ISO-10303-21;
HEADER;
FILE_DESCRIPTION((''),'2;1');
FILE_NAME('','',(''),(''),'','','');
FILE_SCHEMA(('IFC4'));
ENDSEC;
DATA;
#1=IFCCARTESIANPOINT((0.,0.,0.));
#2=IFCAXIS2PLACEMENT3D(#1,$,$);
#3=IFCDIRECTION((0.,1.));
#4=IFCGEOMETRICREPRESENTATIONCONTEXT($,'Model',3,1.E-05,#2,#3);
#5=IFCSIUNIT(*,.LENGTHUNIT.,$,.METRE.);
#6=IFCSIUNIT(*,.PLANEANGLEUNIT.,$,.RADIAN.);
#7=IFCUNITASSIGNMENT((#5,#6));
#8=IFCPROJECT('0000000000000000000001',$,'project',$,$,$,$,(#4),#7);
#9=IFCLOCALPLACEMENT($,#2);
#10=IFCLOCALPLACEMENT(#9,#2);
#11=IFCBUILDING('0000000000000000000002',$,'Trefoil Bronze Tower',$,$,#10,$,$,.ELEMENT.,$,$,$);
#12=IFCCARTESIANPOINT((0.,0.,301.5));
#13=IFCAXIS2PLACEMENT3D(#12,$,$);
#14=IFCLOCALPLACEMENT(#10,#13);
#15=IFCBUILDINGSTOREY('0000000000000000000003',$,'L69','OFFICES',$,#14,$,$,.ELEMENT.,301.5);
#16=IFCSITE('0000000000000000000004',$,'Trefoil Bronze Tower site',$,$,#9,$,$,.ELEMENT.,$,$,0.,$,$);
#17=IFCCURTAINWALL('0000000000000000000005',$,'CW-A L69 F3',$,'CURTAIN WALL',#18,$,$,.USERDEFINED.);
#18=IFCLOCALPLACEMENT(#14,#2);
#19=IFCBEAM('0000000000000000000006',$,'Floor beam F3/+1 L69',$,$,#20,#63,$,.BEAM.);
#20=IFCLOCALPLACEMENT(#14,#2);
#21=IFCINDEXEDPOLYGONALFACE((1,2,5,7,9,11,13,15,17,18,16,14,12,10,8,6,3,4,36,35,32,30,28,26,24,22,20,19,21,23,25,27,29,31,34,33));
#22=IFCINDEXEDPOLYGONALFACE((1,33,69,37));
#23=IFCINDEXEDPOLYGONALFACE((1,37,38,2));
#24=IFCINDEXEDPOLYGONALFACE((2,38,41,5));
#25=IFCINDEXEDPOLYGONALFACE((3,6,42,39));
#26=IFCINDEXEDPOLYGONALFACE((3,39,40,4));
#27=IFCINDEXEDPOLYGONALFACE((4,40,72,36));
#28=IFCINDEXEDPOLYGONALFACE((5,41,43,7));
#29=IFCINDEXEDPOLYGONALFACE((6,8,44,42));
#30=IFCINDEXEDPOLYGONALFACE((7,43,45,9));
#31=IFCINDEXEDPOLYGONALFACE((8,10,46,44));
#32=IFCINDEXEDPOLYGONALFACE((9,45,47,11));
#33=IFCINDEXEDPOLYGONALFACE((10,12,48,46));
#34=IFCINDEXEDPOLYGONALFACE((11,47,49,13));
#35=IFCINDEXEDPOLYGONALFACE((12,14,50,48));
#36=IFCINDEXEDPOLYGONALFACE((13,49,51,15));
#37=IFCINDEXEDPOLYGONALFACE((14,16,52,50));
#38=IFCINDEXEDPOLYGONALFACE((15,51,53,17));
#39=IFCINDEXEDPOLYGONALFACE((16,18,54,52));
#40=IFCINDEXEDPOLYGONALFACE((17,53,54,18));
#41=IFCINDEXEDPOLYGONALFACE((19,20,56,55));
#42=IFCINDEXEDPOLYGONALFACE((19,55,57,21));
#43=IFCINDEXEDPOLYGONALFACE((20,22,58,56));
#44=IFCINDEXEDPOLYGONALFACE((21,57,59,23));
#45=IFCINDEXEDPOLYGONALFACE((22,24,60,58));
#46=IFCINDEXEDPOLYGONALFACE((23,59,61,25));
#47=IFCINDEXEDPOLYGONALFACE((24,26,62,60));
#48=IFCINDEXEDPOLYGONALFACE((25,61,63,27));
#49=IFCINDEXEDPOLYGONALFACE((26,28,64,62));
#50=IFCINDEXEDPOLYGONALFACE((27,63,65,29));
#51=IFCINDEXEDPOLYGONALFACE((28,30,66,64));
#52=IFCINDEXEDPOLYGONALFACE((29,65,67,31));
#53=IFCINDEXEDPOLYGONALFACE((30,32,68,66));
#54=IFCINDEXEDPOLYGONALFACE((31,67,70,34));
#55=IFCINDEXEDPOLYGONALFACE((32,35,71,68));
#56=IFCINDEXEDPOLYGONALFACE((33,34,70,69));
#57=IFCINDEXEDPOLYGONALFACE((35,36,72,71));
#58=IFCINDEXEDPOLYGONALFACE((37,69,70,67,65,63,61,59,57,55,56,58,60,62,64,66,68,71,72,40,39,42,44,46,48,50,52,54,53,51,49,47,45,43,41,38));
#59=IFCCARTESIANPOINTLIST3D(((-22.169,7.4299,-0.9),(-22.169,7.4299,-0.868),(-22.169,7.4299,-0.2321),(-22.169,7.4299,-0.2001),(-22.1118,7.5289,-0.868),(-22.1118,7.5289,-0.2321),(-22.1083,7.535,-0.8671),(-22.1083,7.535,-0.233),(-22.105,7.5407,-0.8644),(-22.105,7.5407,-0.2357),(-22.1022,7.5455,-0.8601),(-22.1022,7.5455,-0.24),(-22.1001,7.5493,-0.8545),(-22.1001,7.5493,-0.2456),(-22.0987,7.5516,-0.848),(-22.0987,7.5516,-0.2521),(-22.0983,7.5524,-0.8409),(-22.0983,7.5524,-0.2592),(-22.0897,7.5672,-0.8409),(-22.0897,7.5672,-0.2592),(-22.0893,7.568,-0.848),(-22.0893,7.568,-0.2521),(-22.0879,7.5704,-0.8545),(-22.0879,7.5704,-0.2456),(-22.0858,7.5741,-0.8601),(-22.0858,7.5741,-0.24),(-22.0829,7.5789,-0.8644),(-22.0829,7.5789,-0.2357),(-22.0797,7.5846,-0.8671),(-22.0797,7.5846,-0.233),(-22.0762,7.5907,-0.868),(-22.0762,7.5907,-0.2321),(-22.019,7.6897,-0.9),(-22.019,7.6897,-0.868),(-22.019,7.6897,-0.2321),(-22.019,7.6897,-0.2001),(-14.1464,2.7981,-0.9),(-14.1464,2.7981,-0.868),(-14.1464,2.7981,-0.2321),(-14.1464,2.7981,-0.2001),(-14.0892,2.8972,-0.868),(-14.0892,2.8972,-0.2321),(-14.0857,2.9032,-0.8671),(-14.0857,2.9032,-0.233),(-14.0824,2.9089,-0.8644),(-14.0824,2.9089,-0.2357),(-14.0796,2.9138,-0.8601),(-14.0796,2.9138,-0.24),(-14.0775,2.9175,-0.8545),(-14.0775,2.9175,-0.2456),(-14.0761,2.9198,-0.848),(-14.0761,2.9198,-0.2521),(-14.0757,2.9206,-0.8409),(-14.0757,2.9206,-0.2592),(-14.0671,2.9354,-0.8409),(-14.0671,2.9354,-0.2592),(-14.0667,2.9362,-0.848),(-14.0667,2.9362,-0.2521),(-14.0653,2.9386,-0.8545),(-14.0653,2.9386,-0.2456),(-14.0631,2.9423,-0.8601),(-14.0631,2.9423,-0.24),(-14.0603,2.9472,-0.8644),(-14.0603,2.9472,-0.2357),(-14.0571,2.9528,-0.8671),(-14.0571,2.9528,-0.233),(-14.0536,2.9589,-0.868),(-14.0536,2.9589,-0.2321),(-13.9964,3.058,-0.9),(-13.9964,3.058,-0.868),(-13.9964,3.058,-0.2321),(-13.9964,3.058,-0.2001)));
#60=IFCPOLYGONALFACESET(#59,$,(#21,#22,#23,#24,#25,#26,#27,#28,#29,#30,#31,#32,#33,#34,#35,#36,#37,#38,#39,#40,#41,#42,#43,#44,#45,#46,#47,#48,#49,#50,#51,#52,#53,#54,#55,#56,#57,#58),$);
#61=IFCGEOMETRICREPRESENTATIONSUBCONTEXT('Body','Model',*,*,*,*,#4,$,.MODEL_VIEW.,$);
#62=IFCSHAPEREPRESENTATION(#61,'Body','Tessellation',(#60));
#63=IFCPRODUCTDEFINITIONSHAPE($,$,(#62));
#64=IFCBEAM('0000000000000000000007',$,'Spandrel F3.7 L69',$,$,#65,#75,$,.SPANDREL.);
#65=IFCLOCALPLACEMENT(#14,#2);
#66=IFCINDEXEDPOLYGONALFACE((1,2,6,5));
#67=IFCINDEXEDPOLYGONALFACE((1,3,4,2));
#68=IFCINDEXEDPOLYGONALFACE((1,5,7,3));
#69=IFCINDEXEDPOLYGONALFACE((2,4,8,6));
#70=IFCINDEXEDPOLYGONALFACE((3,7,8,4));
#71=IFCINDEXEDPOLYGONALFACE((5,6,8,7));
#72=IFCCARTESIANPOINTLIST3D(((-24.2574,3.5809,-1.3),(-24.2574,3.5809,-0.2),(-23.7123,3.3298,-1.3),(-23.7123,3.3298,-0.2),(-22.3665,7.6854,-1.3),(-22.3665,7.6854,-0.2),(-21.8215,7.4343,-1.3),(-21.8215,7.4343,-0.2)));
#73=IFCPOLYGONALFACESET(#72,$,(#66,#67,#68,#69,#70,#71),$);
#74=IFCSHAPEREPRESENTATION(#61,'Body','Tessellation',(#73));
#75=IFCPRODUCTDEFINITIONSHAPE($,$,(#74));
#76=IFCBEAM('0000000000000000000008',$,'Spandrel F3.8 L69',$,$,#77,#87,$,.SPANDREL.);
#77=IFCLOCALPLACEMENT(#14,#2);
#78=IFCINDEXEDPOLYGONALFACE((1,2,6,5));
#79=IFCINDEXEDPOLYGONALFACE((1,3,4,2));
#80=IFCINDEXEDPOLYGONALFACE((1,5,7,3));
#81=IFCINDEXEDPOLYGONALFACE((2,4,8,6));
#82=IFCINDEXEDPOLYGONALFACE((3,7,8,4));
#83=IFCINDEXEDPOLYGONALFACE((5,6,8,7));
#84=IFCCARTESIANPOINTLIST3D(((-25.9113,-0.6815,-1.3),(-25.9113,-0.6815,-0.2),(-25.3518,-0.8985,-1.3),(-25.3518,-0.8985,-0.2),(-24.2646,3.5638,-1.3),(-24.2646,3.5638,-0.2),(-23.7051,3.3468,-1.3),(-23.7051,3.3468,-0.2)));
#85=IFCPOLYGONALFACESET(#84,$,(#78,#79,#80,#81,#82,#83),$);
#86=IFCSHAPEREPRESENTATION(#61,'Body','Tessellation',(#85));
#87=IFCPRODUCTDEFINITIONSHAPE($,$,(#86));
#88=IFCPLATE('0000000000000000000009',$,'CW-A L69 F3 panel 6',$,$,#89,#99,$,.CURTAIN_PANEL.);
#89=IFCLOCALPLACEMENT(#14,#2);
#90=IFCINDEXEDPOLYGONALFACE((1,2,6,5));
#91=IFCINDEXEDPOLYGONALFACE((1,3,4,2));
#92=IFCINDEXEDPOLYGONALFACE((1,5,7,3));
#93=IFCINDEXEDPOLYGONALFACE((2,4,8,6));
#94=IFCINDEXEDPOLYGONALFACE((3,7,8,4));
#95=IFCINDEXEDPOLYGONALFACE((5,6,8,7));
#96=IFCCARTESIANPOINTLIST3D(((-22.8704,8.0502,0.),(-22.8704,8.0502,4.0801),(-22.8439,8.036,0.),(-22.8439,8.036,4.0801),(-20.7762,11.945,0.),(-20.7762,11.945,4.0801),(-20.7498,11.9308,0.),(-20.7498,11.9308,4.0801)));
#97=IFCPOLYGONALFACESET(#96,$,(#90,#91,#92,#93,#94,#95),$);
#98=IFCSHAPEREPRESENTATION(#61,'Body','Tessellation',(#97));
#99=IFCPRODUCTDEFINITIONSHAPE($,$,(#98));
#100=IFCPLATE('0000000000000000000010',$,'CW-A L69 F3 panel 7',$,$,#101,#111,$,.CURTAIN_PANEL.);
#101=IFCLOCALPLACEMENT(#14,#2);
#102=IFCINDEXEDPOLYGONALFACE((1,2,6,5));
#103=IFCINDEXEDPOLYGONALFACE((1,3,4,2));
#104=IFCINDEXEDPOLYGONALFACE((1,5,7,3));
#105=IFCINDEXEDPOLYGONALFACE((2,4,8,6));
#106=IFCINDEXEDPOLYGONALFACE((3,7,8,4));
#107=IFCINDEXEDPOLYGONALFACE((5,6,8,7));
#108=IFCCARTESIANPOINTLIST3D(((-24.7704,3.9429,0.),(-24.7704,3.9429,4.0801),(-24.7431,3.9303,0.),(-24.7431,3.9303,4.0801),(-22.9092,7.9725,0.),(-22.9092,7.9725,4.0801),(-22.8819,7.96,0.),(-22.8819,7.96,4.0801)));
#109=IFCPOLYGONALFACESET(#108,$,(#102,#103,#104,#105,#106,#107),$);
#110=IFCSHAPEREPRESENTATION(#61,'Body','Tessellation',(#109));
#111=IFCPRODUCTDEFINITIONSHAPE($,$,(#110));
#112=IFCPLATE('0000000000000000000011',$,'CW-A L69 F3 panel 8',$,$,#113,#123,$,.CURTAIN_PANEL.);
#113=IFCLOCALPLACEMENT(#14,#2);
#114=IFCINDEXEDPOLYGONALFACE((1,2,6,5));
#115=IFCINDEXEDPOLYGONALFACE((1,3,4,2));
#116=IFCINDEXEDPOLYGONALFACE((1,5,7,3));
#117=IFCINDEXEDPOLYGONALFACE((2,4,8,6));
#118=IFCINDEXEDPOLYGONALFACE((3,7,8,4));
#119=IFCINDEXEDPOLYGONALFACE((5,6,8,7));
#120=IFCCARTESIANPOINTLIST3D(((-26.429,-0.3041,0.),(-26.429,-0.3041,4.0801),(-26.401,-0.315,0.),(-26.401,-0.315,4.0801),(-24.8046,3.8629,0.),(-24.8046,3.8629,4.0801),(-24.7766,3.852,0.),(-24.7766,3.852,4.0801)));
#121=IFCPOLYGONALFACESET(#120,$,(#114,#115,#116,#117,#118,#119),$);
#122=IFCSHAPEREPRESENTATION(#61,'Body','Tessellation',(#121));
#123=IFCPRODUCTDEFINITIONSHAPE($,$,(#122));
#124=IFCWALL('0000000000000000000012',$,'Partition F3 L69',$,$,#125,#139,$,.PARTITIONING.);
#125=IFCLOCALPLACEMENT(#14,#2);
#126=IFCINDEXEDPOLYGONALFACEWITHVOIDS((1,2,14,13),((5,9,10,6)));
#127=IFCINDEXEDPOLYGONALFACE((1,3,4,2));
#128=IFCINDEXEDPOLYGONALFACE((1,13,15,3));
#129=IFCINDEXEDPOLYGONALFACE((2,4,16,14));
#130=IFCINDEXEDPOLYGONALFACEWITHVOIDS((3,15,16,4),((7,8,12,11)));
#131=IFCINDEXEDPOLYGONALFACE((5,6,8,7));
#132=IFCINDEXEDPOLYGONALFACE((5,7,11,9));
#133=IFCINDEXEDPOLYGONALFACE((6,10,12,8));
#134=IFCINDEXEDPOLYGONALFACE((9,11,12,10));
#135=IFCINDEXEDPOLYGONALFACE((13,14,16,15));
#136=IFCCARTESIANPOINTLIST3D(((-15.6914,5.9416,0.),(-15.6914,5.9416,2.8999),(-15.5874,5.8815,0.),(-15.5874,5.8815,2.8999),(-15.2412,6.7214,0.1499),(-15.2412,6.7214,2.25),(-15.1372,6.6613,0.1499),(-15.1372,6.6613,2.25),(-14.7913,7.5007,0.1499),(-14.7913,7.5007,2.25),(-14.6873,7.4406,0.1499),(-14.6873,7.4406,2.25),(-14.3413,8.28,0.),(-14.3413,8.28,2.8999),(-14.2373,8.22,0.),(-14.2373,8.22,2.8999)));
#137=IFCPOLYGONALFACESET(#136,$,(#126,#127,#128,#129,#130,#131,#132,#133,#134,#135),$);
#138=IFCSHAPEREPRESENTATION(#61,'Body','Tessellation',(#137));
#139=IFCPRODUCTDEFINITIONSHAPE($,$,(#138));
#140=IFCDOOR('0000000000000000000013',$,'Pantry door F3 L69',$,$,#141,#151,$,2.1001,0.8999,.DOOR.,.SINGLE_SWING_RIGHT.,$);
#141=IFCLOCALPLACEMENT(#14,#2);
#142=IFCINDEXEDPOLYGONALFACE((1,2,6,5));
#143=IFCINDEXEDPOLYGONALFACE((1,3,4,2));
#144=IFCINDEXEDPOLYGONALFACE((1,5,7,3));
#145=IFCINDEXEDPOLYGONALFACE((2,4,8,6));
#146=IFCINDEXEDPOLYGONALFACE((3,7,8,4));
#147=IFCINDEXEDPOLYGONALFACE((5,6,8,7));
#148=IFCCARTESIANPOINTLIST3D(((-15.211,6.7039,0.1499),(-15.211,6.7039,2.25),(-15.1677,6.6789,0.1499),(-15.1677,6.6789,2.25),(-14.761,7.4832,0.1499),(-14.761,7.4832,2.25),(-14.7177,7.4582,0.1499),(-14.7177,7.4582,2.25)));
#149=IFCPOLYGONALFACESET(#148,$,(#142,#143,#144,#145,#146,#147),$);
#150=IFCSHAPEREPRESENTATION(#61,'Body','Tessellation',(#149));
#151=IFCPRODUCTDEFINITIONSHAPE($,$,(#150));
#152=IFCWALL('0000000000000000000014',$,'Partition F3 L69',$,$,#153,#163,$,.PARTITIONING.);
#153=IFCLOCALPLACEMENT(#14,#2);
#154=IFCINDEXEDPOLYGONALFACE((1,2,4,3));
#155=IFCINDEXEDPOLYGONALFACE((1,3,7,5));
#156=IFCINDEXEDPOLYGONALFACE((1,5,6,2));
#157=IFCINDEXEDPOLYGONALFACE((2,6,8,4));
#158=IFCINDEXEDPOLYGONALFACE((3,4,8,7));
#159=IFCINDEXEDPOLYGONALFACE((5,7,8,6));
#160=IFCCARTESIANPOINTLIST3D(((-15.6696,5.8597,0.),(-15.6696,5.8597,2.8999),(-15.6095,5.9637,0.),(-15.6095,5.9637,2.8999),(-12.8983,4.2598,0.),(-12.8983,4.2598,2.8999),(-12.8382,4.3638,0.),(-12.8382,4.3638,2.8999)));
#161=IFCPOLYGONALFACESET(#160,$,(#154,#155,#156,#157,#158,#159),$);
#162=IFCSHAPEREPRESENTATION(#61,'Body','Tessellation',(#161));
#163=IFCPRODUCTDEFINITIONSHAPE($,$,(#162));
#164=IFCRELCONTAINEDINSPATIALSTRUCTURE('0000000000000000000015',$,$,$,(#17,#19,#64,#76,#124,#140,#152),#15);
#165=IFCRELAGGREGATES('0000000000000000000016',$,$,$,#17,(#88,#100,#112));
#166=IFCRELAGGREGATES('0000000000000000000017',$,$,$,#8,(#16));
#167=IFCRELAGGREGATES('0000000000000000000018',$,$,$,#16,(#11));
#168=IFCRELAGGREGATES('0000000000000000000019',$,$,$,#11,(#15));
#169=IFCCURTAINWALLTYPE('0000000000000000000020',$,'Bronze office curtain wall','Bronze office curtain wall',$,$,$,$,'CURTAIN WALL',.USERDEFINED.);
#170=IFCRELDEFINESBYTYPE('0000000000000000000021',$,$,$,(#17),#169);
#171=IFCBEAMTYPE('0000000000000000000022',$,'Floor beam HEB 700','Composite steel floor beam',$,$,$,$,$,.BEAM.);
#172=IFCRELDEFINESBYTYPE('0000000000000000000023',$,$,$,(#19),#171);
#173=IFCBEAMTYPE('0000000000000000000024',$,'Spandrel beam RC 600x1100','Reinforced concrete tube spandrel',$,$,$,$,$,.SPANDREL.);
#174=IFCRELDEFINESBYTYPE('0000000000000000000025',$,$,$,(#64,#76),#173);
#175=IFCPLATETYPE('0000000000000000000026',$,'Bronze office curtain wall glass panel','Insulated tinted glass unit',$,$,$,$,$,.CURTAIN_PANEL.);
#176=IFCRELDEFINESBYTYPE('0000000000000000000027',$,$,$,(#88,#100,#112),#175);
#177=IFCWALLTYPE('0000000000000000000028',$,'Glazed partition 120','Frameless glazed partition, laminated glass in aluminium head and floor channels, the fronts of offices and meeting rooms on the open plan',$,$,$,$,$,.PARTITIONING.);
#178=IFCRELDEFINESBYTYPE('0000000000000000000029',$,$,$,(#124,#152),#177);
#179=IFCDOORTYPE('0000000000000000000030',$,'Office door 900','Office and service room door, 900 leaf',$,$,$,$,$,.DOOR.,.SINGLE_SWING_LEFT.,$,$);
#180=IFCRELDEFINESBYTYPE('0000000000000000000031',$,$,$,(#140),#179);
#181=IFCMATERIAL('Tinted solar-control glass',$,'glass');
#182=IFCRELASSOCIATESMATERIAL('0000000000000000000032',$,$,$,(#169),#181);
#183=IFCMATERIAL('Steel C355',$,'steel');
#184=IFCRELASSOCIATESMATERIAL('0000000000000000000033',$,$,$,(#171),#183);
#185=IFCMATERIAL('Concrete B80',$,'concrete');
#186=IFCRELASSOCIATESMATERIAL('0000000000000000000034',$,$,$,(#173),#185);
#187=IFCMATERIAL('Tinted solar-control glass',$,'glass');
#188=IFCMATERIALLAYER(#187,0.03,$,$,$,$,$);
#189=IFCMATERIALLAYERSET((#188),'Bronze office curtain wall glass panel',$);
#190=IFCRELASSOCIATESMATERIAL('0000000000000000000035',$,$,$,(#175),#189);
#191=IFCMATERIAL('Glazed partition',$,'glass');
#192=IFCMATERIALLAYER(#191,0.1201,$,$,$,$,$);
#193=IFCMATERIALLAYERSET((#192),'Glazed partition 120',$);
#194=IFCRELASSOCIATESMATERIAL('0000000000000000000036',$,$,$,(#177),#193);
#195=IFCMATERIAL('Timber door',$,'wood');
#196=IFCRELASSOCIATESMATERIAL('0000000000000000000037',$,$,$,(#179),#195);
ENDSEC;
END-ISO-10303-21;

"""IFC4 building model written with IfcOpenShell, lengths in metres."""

from ifc_helpers import new_model, si_unit, direction, frame, frame_2d, origin, origin_2d, place, context, subcontext, project, spatial, rectangle, i_section, extrude, material, layer, layer_set, material_profile, profile_set, type_object, element, fill, aggregate, save


model = new_model("IFC4")

# Units and contexts
model_context = context("Model", 3, precision=1e-05, world=origin(), true_north=direction((0.0, 1.0)))
body_context = subcontext(model_context, "Body", "Model", "MODEL_VIEW")
ifc_project = project(units=[si_unit("LENGTHUNIT", "METRE"), si_unit("PLANEANGLEUNIT", "RADIAN")], contexts=[model_context])

# Site, building, storey
site_placement = place(None, origin())
site = spatial("IfcSite", under=ifc_project, at=site_placement, Name="Trefoil Bronze Tower site", CompositionType="ELEMENT", RefElevation=0.0)
building_placement = place(site_placement, origin())
building = spatial("IfcBuilding", under=site, at=building_placement, Name="Trefoil Bronze Tower", CompositionType="ELEMENT")
storey_placement = place(building_placement, frame((0.0, 0.0, 301.5)))
storey = spatial("IfcBuildingStorey", under=building, at=storey_placement, Name="L69", Description="OFFICES", CompositionType="ELEMENT", Elevation=301.5)

# Curtain wall
ifc_material_1 = material(Name="Tinted solar-control glass", Category="glass")
curtain_wall_type = type_object("IfcCurtainWallType", Name="Bronze office curtain wall", Description="Bronze office curtain wall", ElementType="CURTAIN WALL", PredefinedType="USERDEFINED", material=ifc_material_1)
curtain_wall_placement = place(storey_placement, origin())
curtain_wall = element("IfcCurtainWall", 1, at=curtain_wall_placement, inside=storey, type_object=curtain_wall_type, Name="CW-A L69 F3", ObjectType="CURTAIN WALL", PredefinedType="USERDEFINED")

# Beams
ifc_material_2 = material(Name="Steel C355", Category="steel")
ifc_material_profile_1 = material_profile(ifc_material_2, i_section(OverallWidth=0.3, OverallDepth=0.7, WebThickness=0.0171, FlangeThickness=0.032, FilletRadius=0.0271, at=origin_2d()), Name="HEB 700")
ifc_profile_set_1 = profile_set([ifc_material_profile_1], Name="Steel C355")
beam_type_1 = type_object("IfcBeamType", Name="Floor beam HEB 700", Description="Composite steel floor beam", PredefinedType="BEAM", material=ifc_profile_set_1)
beam_1_placement = place(storey_placement, frame((-22.094, 7.5598, -0.55), z_axis=(0.866029, -0.499994, 0.0), x_axis=(0.499994, 0.866029, 0.0)))
element("IfcBeam", 2, at=beam_1_placement, inside=storey, type_object=beam_type_1, Name="Floor beam F3/+1 L69", PredefinedType="BEAM", context=body_context, shape_type="SweptSolid", body=[
    extrude(i_section(OverallWidth=0.3, OverallDepth=0.7, WebThickness=0.0171, FlangeThickness=0.032, FilletRadius=0.0271, at=origin_2d()), origin(), (0.0, 0.0, 1.0), 9.2637),
])
ifc_material_3 = material(Name="Concrete B80", Category="concrete")
ifc_material_profile_2 = material_profile(ifc_material_3, rectangle(XDim=0.6001, YDim=1.1001, at=origin_2d()), Name="RC 600x1100")
ifc_profile_set_2 = profile_set([ifc_material_profile_2], Name="Concrete B80")
beam_type_2 = type_object("IfcBeamType", Name="Spandrel beam RC 600x1100", Description="Reinforced concrete tube spandrel", PredefinedType="SPANDREL", material=ifc_profile_set_2)
beam_2_placement = place(storey_placement, frame((-22.094, 7.5598, -0.75), z_axis=(-0.418417, -0.908255, 0.0), x_axis=(0.908255, -0.418417, 0.0)))
element("IfcBeam", 3, at=beam_2_placement, inside=storey, type_object=beam_type_2, Name="Spandrel F3.7 L69", PredefinedType="SPANDREL", context=body_context, shape_type="SweptSolid", body=[
    extrude(rectangle(XDim=0.6001, YDim=1.1001, at=origin_2d()), origin(), (0.0, 0.0, 1.0), 4.519),
])
beam_3_placement = place(storey_placement, frame((-23.9849, 3.4553, -0.75), z_axis=(-0.361636, -0.932319, 0.0), x_axis=(0.932319, -0.361636, 0.0)))
element("IfcBeam", 4, at=beam_3_placement, inside=storey, type_object=beam_type_2, Name="Spandrel F3.8 L69", PredefinedType="SPANDREL", context=body_context, shape_type="SweptSolid", body=[
    extrude(rectangle(XDim=0.6001, YDim=1.1001, at=origin_2d()), origin(), (0.0, 0.0, 1.0), 4.5535),
])

# Plates
ifc_material_4 = material(Name="Tinted solar-control glass", Category="glass")
ifc_layer_1 = layer(ifc_material_4, 0.03)
ifc_layer_set_1 = layer_set([ifc_layer_1], Name="Bronze office curtain wall glass panel")
plate_type = type_object("IfcPlateType", Name="Bronze office curtain wall glass panel", Description="Insulated tinted glass unit", PredefinedType="CURTAIN_PANEL", material=ifc_layer_set_1)
plate_1_placement = place(storey_placement, frame((-21.8101, 9.9905, 0.0), z_axis=(0.0, 0.0, 1.0), x_axis=(-0.473562, -0.88076, 0.0)))
plate_1 = element("IfcPlate", 5, at=plate_1_placement, type_object=plate_type, Name="CW-A L69 F3 panel 6", PredefinedType="CURTAIN_PANEL", context=body_context, shape_type="SweptSolid", body=[
    extrude(rectangle(XDim=4.4221, YDim=0.03, at=origin_2d()), origin(), (0.0, 0.0, 1.0), 4.0801),
])
plate_2_placement = place(storey_placement, frame((-23.8262, 5.9514, 0.0), z_axis=(0.0, 0.0, 1.0), x_axis=(-0.419309, -0.907844, 0.0)))
plate_2 = element("IfcPlate", 6, at=plate_2_placement, type_object=plate_type, Name="CW-A L69 F3 panel 7", PredefinedType="CURTAIN_PANEL", context=body_context, shape_type="SweptSolid", body=[
    extrude(rectangle(XDim=4.4387, YDim=0.03, at=origin_2d()), origin(), (0.0, 0.0, 1.0), 4.0801),
])
plate_3_placement = place(storey_placement, frame((-25.6028, 1.7739, 0.0), z_axis=(0.0, 0.0, 1.0), x_axis=(-0.363199, -0.931712, 0.0)))
plate_3 = element("IfcPlate", 7, at=plate_3_placement, type_object=plate_type, Name="CW-A L69 F3 panel 8", PredefinedType="CURTAIN_PANEL", context=body_context, shape_type="SweptSolid", body=[
    extrude(rectangle(XDim=4.4724, YDim=0.03, at=origin_2d()), origin(), (0.0, 0.0, 1.0), 4.0801),
])
aggregate(curtain_wall, [plate_1, plate_2, plate_3])

# Wall, opening, door
ifc_material_5 = material(Name="Glazed partition", Category="glass")
ifc_layer_2 = layer(ifc_material_5, 0.1201)
ifc_layer_set_2 = layer_set([ifc_layer_2], Name="Glazed partition 120")
wall_type_1 = type_object("IfcWallType", Name="Glazed partition 120", Description="Frameless glazed partition, laminated glass in aluminium head and floor channels, the fronts of offices and meeting rooms on the open plan", PredefinedType="PARTITIONING", material=ifc_layer_set_2)
wall_1_placement = place(storey_placement, frame((-14.2893, 8.25, 0.0), z_axis=(0.0, 0.0, 1.0), x_axis=(-0.500009, -0.86602, 0.0)))
wall_1 = element("IfcWall", 8, at=wall_1_placement, inside=storey, type_object=wall_type_1, Name="Partition F3 L69", PredefinedType="PARTITIONING", context=body_context, shape_type="SweptSolid", body=[
    extrude(rectangle(XDim=2.7002, YDim=0.1201, at=frame_2d((1.3501, 0.0))), origin(), (0.0, 0.0, 1.0), 2.8999),
])
opening_1_placement = place(wall_1_placement, frame((0.8999, 0.0, 0.1499)))
opening_1 = element("IfcOpeningElement", 9, at=opening_1_placement, cuts=wall_1, PredefinedType="OPENING", context=body_context, shape_type="SweptSolid", body=[
    extrude(rectangle(XDim=0.8999, YDim=2.1001, at=frame_2d((0.45, 1.05))), frame((0.0, 0.0701, 0.0), z_axis=(0.0, -1.0, 0.0), x_axis=(1.0, 0.0, 0.0)), (0.0, 0.0, 1.0), 0.1401),
])
ifc_material_6 = material(Name="Timber door", Category="wood")
door_type = type_object("IfcDoorType", Name="Office door 900", Description="Office and service room door, 900 leaf", OperationType="SINGLE_SWING_LEFT", PredefinedType="DOOR", material=ifc_material_6)
door_1_placement = place(opening_1_placement, origin())
door_1 = element("IfcDoor", 10, at=door_1_placement, inside=storey, type_object=door_type, Name="Pantry door F3 L69", OperationType="SINGLE_SWING_RIGHT", OverallHeight=2.1001, OverallWidth=0.8999, PredefinedType="DOOR", context=body_context, shape_type="SweptSolid", body=[
    extrude(rectangle(XDim=0.8999, YDim=2.1001, at=frame_2d((0.45, 1.05))), frame((0.0, 0.0249, 0.0), z_axis=(0.0, -1.0, 0.0), x_axis=(1.0, 0.0, 0.0)), (0.0, 0.0, 1.0), 0.05),
])
fill(opening_1, door_1)

# Wall
wall_2_placement = place(storey_placement, frame((-12.8682, 4.3118, 0.0), z_axis=(0.0, 0.0, 1.0), x_axis=(-0.866042, 0.499971, 0.0)))
element("IfcWall", 11, at=wall_2_placement, inside=storey, type_object=wall_type_1, Name="Partition F3 L69", PredefinedType="PARTITIONING", context=body_context, shape_type="SweptSolid", body=[
    extrude(rectangle(XDim=3.2, YDim=0.1201, at=frame_2d((1.6001, 0.0))), origin(), (0.0, 0.0, 1.0), 2.8999),
])

save(model, "model.ifc")
